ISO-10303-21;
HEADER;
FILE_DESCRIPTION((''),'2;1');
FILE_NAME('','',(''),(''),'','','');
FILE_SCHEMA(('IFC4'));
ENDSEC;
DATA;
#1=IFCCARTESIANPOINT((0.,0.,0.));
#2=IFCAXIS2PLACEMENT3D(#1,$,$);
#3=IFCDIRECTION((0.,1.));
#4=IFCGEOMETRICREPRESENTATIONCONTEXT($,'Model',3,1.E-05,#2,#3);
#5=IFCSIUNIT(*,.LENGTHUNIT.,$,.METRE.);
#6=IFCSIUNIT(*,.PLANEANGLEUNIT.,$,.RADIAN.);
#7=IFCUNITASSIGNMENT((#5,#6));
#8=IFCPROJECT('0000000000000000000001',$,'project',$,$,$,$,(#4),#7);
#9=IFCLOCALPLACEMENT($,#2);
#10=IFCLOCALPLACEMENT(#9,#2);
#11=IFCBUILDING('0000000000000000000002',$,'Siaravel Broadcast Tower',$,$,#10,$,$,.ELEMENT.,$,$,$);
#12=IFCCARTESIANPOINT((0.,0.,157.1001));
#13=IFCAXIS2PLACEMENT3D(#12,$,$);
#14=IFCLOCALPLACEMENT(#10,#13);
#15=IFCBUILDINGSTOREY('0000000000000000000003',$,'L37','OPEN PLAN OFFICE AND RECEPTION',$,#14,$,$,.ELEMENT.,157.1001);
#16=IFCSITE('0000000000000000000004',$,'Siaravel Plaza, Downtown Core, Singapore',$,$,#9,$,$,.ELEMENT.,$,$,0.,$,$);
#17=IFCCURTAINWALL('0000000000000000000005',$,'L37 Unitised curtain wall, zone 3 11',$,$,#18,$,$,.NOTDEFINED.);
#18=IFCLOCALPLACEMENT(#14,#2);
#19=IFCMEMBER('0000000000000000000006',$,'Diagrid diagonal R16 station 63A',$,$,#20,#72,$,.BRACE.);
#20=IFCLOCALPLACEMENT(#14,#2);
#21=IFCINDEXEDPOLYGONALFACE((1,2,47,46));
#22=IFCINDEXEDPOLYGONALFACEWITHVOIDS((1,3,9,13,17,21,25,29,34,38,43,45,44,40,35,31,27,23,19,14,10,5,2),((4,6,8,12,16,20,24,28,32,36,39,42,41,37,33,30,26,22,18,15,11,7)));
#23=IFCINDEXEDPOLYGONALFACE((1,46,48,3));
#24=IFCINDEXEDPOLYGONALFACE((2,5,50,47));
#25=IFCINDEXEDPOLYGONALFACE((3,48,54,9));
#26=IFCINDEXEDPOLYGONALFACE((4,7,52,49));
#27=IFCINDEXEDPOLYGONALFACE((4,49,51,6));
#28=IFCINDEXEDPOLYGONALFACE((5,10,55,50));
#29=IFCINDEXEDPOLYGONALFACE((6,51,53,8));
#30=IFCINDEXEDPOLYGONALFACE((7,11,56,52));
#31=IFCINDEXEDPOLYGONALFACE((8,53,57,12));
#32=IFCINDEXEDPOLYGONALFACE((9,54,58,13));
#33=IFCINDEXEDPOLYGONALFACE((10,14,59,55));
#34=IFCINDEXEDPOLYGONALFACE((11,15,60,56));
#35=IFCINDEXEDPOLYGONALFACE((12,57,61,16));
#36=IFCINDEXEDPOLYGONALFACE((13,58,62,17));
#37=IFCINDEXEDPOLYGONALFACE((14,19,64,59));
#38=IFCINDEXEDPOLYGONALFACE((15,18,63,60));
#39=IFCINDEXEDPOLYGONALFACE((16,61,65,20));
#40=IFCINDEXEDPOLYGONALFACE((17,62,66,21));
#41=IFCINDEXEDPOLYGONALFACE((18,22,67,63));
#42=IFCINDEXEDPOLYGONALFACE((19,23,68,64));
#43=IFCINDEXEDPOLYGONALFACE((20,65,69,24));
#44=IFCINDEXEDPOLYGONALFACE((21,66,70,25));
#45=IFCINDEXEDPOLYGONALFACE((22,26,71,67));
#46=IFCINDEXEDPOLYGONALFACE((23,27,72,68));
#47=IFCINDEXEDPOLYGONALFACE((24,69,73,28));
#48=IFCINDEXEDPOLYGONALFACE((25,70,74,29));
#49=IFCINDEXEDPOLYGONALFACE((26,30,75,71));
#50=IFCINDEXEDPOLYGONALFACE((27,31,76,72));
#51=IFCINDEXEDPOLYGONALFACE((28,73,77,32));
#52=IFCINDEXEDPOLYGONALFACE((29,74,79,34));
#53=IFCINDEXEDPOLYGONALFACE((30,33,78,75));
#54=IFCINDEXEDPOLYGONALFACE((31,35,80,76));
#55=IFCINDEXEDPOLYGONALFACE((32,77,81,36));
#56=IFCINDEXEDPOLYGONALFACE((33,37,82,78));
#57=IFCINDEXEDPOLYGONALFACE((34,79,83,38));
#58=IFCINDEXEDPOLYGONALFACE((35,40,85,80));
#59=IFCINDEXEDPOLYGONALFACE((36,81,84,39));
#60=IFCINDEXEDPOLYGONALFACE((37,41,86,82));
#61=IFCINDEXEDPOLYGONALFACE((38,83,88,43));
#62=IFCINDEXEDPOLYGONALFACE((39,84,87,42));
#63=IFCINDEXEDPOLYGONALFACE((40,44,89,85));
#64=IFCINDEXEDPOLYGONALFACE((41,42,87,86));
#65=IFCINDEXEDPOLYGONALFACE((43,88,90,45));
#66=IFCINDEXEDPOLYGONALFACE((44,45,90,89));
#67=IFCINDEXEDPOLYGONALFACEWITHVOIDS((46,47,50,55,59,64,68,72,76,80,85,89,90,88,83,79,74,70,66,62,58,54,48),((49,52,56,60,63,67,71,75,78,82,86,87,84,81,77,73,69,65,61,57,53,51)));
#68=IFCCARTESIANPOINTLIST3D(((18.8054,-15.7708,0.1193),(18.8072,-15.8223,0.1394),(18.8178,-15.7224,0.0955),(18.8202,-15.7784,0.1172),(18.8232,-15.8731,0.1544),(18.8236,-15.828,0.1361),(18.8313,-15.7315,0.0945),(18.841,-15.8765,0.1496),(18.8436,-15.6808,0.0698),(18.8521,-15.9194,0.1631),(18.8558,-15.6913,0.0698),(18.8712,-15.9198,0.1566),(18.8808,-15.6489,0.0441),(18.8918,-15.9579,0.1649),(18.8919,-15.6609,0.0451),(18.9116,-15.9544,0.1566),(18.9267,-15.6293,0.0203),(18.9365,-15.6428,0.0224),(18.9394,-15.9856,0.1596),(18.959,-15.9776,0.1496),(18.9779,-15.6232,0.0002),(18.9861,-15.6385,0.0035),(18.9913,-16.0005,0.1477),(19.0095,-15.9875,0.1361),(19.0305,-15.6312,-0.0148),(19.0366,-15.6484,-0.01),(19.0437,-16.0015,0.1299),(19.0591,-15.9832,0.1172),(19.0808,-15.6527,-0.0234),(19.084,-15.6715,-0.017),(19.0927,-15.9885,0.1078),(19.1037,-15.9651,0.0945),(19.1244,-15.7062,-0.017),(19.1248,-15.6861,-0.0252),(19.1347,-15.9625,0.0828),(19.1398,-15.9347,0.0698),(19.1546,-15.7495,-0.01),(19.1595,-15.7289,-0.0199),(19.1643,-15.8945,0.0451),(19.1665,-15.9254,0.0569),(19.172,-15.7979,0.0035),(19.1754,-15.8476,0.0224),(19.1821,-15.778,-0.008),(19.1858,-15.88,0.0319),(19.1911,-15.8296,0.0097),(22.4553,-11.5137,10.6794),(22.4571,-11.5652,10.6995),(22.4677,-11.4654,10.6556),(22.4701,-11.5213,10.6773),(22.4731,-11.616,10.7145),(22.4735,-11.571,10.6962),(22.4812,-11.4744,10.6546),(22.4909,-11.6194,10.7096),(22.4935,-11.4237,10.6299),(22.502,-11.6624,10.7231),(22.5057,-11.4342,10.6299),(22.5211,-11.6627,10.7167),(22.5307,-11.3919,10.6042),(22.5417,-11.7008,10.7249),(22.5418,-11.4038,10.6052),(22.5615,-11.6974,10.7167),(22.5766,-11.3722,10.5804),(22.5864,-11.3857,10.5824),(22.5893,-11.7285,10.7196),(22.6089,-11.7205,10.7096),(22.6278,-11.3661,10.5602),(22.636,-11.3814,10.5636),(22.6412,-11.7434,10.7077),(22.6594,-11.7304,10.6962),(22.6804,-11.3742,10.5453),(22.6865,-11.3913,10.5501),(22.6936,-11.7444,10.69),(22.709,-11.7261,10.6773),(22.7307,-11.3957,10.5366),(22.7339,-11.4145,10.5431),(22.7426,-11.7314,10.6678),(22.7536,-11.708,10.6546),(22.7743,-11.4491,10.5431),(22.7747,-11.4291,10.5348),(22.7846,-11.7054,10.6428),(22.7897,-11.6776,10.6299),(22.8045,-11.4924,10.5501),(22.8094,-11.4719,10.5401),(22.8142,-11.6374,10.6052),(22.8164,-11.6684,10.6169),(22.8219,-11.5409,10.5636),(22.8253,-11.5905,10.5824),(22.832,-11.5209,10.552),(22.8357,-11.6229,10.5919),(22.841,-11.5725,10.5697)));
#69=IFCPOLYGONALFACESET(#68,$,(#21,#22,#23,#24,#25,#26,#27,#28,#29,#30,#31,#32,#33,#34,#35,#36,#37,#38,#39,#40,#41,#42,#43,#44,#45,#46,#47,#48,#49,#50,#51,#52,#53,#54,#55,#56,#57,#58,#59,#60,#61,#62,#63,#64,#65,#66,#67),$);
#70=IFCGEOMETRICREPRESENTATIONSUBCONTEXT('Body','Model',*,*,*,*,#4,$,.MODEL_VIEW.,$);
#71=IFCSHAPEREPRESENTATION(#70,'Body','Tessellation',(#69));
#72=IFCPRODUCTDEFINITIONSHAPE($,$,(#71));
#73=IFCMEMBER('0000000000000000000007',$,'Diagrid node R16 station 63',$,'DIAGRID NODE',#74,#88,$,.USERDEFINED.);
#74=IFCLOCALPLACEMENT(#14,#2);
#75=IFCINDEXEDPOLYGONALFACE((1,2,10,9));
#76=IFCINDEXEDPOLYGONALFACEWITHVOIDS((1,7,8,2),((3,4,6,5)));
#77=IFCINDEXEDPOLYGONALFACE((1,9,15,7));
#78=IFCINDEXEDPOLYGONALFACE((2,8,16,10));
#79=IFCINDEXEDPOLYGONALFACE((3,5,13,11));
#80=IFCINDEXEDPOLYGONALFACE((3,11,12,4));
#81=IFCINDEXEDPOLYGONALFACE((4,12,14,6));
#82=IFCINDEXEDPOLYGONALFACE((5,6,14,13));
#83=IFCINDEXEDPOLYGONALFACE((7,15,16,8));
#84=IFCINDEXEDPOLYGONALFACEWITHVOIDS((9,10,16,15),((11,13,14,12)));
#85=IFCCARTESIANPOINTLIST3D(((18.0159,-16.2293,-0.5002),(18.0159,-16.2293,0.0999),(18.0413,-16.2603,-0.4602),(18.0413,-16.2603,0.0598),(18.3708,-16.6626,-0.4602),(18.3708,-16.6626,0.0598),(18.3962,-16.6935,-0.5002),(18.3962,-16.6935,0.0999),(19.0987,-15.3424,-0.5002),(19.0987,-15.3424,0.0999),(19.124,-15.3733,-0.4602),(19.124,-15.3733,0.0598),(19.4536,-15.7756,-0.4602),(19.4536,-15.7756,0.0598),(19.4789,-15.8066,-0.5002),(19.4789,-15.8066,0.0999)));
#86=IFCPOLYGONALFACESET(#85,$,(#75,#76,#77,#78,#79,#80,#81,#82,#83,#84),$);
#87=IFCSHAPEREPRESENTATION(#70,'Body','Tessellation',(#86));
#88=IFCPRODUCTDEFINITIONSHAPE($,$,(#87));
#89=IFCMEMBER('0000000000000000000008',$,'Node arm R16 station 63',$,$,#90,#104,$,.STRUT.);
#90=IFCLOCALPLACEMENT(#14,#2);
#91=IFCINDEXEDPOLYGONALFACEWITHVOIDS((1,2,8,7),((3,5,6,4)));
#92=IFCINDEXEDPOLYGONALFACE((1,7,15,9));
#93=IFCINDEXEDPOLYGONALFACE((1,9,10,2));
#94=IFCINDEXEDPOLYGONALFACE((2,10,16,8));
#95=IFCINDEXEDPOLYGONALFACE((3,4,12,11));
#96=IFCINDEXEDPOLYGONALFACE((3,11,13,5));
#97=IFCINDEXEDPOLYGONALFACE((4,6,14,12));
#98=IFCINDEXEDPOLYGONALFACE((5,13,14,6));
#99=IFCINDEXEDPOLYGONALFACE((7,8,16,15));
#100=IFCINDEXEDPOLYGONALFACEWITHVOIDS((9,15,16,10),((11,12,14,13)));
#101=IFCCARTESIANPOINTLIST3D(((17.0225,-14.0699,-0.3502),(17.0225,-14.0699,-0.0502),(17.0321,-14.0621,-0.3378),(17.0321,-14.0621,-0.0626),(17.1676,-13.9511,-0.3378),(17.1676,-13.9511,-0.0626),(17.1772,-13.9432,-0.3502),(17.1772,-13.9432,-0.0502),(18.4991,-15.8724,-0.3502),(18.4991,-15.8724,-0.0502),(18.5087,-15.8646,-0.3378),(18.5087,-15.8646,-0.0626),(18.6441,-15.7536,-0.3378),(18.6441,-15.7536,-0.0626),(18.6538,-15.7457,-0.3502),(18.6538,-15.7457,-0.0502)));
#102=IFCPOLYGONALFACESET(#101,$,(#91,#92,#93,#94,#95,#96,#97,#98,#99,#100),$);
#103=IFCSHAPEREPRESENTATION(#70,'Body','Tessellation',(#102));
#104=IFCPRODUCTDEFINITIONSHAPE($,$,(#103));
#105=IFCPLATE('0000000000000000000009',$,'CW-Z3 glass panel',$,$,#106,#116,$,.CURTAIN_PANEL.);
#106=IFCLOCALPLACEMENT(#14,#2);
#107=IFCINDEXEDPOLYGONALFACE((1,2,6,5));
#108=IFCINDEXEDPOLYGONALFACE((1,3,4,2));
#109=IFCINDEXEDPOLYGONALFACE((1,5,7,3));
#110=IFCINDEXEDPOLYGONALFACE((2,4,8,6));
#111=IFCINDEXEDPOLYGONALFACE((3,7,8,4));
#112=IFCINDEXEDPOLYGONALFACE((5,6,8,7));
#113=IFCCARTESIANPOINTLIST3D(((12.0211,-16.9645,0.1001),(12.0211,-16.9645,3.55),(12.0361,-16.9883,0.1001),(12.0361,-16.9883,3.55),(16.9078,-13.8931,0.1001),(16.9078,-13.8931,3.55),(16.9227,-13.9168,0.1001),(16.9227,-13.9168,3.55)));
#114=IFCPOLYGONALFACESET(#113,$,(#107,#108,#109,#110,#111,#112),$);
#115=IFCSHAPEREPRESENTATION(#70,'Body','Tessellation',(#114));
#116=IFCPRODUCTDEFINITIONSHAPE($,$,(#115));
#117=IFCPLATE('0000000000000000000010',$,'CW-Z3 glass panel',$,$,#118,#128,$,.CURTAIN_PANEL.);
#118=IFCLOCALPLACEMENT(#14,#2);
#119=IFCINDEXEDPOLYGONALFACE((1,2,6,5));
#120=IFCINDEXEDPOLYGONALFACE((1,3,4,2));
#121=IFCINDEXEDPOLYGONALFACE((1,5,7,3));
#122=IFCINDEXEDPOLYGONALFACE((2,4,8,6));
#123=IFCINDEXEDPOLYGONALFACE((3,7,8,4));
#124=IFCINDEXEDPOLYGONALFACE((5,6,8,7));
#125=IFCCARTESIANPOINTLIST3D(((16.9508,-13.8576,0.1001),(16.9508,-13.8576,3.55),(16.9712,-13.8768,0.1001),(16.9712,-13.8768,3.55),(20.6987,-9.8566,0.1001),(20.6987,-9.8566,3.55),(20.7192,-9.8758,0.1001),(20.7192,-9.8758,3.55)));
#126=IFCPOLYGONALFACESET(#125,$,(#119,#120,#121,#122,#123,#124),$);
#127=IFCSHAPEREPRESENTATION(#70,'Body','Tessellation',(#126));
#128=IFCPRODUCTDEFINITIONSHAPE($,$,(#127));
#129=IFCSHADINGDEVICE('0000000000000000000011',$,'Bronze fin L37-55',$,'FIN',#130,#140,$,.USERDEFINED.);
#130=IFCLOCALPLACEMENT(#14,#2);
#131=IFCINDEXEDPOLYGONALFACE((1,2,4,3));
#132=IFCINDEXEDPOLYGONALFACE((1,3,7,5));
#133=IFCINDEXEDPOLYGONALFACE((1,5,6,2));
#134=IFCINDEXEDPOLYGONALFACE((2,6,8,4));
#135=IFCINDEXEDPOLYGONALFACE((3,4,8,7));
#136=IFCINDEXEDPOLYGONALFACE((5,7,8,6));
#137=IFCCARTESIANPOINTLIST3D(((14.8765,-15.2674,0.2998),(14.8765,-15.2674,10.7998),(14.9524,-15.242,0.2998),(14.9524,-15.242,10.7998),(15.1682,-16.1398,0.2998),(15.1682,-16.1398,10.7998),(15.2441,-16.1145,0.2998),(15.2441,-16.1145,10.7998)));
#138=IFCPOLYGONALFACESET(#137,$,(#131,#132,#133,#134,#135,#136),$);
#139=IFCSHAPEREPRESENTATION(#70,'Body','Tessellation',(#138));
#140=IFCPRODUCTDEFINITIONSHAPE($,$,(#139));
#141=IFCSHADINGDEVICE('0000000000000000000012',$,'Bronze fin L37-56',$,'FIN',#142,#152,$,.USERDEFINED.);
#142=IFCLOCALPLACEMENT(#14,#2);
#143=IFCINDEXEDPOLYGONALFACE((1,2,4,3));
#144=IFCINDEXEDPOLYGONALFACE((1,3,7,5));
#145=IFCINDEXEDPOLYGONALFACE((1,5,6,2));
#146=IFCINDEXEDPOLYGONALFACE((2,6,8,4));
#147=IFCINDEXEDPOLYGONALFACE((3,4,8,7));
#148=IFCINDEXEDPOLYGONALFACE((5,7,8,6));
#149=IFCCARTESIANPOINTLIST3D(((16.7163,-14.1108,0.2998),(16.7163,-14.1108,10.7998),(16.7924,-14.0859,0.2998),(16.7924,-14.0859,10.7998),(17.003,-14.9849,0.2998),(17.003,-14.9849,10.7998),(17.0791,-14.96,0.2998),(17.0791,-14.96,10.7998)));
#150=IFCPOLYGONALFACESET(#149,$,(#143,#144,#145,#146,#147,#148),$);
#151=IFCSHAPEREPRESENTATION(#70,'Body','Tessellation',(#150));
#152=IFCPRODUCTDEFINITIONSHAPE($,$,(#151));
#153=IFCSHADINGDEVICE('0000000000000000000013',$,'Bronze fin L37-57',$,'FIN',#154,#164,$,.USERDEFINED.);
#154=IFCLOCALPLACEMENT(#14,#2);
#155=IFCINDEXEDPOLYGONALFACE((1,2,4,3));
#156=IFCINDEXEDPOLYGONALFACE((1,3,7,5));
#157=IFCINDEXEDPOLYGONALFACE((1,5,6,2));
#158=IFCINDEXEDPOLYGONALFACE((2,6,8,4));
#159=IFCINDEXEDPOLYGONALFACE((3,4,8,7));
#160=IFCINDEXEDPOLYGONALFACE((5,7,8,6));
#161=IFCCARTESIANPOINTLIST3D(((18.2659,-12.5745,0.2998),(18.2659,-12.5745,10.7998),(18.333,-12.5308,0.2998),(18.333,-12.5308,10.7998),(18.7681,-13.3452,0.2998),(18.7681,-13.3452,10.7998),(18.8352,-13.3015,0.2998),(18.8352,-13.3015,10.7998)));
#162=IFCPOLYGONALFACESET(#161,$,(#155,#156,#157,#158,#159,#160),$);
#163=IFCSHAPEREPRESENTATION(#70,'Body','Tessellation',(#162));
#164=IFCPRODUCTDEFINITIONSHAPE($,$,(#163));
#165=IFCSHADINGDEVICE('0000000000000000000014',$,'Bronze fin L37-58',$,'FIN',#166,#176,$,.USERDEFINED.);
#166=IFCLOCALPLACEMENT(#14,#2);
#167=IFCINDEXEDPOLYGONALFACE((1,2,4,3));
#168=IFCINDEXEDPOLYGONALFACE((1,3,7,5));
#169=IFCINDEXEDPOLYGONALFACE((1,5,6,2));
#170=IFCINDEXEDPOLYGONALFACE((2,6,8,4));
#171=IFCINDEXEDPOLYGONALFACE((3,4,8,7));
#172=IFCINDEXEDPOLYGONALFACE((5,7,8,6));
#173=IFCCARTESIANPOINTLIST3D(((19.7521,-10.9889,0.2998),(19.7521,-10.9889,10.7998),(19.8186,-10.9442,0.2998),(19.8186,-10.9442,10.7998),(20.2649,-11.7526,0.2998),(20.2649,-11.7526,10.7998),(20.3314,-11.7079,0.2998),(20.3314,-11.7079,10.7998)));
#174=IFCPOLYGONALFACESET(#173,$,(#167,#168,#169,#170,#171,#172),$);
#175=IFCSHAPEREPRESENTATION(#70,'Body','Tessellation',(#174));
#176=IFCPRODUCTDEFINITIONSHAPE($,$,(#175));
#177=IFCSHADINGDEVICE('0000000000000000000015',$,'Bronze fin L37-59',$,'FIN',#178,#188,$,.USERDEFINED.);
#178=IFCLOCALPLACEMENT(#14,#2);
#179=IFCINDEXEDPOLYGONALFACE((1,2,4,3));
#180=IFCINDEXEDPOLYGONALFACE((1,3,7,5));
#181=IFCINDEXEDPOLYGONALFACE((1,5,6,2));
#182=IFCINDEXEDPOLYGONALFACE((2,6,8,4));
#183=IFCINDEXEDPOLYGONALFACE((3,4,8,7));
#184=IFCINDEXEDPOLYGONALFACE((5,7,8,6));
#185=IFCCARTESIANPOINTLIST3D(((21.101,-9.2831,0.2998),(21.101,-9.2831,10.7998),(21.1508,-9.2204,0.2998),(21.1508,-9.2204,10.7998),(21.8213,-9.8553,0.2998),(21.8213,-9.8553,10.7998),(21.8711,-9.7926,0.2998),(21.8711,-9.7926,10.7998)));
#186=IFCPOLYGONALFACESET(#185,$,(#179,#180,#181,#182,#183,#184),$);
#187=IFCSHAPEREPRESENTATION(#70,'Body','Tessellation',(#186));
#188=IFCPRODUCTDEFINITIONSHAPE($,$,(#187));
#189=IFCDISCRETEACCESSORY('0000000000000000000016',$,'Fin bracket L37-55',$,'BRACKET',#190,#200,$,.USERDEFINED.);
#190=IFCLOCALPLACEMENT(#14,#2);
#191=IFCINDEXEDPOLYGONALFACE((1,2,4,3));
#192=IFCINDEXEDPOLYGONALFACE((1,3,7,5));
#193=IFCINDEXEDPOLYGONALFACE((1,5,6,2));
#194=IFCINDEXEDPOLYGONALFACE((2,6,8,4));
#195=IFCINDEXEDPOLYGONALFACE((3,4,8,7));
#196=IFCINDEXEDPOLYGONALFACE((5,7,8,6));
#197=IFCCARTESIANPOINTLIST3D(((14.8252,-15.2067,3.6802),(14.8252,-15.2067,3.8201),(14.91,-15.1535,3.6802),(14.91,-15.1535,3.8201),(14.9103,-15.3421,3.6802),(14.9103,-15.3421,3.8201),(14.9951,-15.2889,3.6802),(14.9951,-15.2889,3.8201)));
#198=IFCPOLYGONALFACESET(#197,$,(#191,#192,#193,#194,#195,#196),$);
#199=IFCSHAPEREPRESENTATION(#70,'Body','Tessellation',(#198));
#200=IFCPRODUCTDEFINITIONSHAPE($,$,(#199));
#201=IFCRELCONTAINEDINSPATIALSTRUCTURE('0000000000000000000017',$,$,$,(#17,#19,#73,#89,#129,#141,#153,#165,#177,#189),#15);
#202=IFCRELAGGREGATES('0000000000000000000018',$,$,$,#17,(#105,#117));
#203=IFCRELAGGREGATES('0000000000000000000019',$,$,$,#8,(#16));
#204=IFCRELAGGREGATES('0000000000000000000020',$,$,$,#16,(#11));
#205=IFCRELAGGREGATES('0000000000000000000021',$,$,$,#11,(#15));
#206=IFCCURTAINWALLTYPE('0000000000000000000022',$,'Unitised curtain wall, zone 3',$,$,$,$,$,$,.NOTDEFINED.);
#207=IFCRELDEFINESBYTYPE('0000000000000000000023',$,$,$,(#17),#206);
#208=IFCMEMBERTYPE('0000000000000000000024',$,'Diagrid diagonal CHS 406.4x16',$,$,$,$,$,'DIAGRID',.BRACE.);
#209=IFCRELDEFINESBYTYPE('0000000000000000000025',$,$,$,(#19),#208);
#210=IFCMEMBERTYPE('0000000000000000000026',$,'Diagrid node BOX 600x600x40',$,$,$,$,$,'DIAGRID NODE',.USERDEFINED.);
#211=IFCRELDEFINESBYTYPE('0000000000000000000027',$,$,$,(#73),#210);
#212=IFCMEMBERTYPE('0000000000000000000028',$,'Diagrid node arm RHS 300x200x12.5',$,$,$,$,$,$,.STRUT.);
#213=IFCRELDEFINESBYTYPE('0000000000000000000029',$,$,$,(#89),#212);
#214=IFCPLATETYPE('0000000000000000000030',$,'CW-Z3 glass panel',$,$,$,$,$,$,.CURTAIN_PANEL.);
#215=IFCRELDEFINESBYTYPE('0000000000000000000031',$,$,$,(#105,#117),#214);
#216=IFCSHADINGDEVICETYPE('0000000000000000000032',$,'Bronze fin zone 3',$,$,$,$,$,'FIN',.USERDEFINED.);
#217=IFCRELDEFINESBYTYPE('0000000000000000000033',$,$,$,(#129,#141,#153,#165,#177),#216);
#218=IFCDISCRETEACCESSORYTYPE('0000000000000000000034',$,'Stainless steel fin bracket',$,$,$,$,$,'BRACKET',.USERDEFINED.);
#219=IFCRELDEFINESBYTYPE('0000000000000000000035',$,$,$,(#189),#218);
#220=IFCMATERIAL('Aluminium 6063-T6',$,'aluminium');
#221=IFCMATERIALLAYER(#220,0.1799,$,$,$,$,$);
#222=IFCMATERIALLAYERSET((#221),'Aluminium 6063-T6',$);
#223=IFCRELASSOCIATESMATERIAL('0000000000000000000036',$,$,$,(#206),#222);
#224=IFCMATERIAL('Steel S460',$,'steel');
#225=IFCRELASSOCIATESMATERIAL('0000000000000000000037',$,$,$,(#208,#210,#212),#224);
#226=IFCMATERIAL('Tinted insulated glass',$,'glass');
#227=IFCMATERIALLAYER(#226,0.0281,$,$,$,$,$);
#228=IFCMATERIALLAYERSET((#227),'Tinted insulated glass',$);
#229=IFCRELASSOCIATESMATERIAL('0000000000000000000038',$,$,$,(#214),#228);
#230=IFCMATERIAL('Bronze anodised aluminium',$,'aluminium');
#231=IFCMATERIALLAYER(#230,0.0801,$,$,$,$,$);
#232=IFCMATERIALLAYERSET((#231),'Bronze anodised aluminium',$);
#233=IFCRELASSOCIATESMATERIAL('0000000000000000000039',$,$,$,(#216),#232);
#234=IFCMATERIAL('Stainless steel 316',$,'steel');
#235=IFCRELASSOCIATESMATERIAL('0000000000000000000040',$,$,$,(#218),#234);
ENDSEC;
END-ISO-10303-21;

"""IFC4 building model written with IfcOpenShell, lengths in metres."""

from ifc_helpers import new_model, si_unit, direction, frame, origin, origin_2d, place, context, subcontext, project, spatial, rectangle, hollow_rectangle, hollow_circle, extrude, material, layer, layer_set, material_profile, profile_set, type_object, element, aggregate, save


model = new_model("IFC4")

# Units and contexts
model_context = context("Model", 3, precision=1e-05, world=origin(), true_north=direction((0.0, 1.0)))
body_context = subcontext(model_context, "Body", "Model", "MODEL_VIEW")
ifc_project = project(units=[si_unit("LENGTHUNIT", "METRE"), si_unit("PLANEANGLEUNIT", "RADIAN")], contexts=[model_context])

# Site, building, storey
site_placement = place(None, origin())
site = spatial("IfcSite", under=ifc_project, at=site_placement, Name="Siaravel Plaza, Downtown Core, Singapore", CompositionType="ELEMENT", RefElevation=0.0)
building_placement = place(site_placement, origin())
building = spatial("IfcBuilding", under=site, at=building_placement, Name="Siaravel Broadcast Tower", CompositionType="ELEMENT")
storey_placement = place(building_placement, frame((0.0, 0.0, 157.1001)))
storey = spatial("IfcBuildingStorey", under=building, at=storey_placement, Name="L37", Description="OPEN PLAN OFFICE AND RECEPTION", CompositionType="ELEMENT", Elevation=157.1001)

# Curtain wall
ifc_material_1 = material(Name="Aluminium 6063-T6", Category="aluminium")
ifc_layer_1 = layer(ifc_material_1, 0.1799)
ifc_layer_set_1 = layer_set([ifc_layer_1], Name="Aluminium 6063-T6")
curtain_wall_type = type_object("IfcCurtainWallType", Name="Unitised curtain wall, zone 3", PredefinedType="NOTDEFINED", material=ifc_layer_set_1)
curtain_wall_1_placement = place(storey_placement, origin())
curtain_wall_1 = element("IfcCurtainWall", 1, at=curtain_wall_1_placement, inside=storey, type_object=curtain_wall_type, Name="L37 Unitised curtain wall, zone 3 11", PredefinedType="NOTDEFINED")

# Members
ifc_material_2 = material(Name="Steel S460", Category="steel")
ifc_material_profile_1 = material_profile(ifc_material_2, hollow_circle(Radius=0.2031, WallThickness=0.0161, at=origin_2d()))
ifc_profile_set_1 = profile_set([ifc_material_profile_1], Name="Steel S460")
member_type_1 = type_object("IfcMemberType", Name="Diagrid diagonal CHS 406.4x16", ElementType="DIAGRID", PredefinedType="BRACE", material=ifc_profile_set_1)
member_1_placement = place(storey_placement, frame((18.9978, -15.813, 0.0698), z_axis=(0.305264, 0.356046, 0.883202), x_axis=(-0.759171, 0.650892, 0.0)))
element("IfcMember", 2, at=member_1_placement, inside=storey, type_object=member_type_1, Name="Diagrid diagonal R16 station 63A", PredefinedType="BRACE", context=body_context, shape_type="SweptSolid", body=[
    extrude(hollow_circle(Radius=0.2031, WallThickness=0.0161, at=origin_2d()), origin(), (0.0, 0.0, 1.0), 11.9565),
])
ifc_material_profile_2 = material_profile(ifc_material_2, hollow_rectangle(XDim=0.6001, YDim=0.6001, WallThickness=0.04, at=origin_2d()))
ifc_profile_set_2 = profile_set([ifc_material_profile_2], Name="Steel S460")
member_type_2 = type_object("IfcMemberType", Name="Diagrid node BOX 600x600x40", ElementType="DIAGRID NODE", PredefinedType="USERDEFINED", material=ifc_profile_set_2)
member_2_placement = place(storey_placement, frame((18.2061, -16.4614, -0.2002), z_axis=(0.773584, 0.633694, 0.0), x_axis=(-0.633694, 0.773584, 0.0)))
element("IfcMember", 3, at=member_2_placement, inside=storey, type_object=member_type_2, Name="Diagrid node R16 station 63", ObjectType="DIAGRID NODE", PredefinedType="USERDEFINED", context=body_context, shape_type="SweptSolid", body=[
    extrude(hollow_rectangle(XDim=0.6001, YDim=0.6001, WallThickness=0.04, at=origin_2d()), origin(), (0.0, 0.0, 1.0), 1.3997),
])
ifc_material_profile_3 = material_profile(ifc_material_2, hollow_rectangle(XDim=0.2, YDim=0.3, WallThickness=0.0125, at=origin_2d()))
ifc_profile_set_3 = profile_set([ifc_material_profile_3], Name="Steel S460")
member_type_3 = type_object("IfcMemberType", Name="Diagrid node arm RHS 300x200x12.5", PredefinedType="STRUT", material=ifc_profile_set_3)
member_3_placement = place(storey_placement, frame((17.0999, -14.0066, -0.2002), z_axis=(0.6337, -0.773579, 0.0), x_axis=(0.773579, 0.6337, 0.0)))
element("IfcMember", 4, at=member_3_placement, inside=storey, type_object=member_type_3, Name="Node arm R16 station 63", PredefinedType="STRUT", context=body_context, shape_type="SweptSolid", body=[
    extrude(hollow_rectangle(XDim=0.2, YDim=0.3, WallThickness=0.0125, at=origin_2d()), origin(), (0.0, 0.0, 1.0), 2.3301),
])

# Plates
ifc_material_3 = material(Name="Tinted insulated glass", Category="glass")
ifc_layer_2 = layer(ifc_material_3, 0.0281)
ifc_layer_set_2 = layer_set([ifc_layer_2], Name="Tinted insulated glass")
plate_type = type_object("IfcPlateType", Name="CW-Z3 glass panel", PredefinedType="CURTAIN_PANEL", material=ifc_layer_set_2)
plate_1_placement = place(storey_placement, frame((14.4719, -15.4407, 0.1001), z_axis=(0.0, 0.0, 1.0), x_axis=(0.84665, 0.53215, 0.0)))
plate_1 = element("IfcPlate", 5, at=plate_1_placement, type_object=plate_type, Name="CW-Z3 glass panel", PredefinedType="CURTAIN_PANEL", context=body_context, shape_type="SweptSolid", body=[
    extrude(rectangle(XDim=5.7717, YDim=0.0281, at=origin_2d()), origin(), (0.0, 0.0, 1.0), 3.45),
])
plate_2_placement = place(storey_placement, frame((18.835, -11.8667, 0.1001), z_axis=(0.0, 0.0, 1.0), x_axis=(0.683654, 0.729806, 0.0)))
plate_2 = element("IfcPlate", 6, at=plate_2_placement, type_object=plate_type, Name="CW-Z3 glass panel", PredefinedType="CURTAIN_PANEL", context=body_context, shape_type="SweptSolid", body=[
    extrude(rectangle(XDim=5.4822, YDim=0.0281, at=origin_2d()), origin(), (0.0, 0.0, 1.0), 3.45),
])
aggregate(curtain_wall_1, [plate_1, plate_2])

# Shading devices
ifc_material_4 = material(Name="Bronze anodised aluminium", Category="aluminium")
ifc_layer_3 = layer(ifc_material_4, 0.0801)
ifc_layer_set_3 = layer_set([ifc_layer_3], Name="Bronze anodised aluminium")
shading_device_type = type_object("IfcShadingDeviceType", Name="Bronze fin zone 3", ElementType="FIN", PredefinedType="USERDEFINED", material=ifc_layer_set_3)
for number, where, z_axis, x_axis, name in (
    (7, (15.0603, -15.6909, 0.2998), (0.0, 0.0, 1.0), (0.31705, -0.948409, 0.0), "Bronze fin L37-55"),
    (8, (16.8977, -14.5354, 0.2998), (0.0, 0.0, 1.0), (0.31159, -0.950217, 0.0), "Bronze fin L37-56"),
    (9, (18.5505, -12.938, 0.2998), (0.0, 0.0, 1.0), (0.545962, -0.83781, 0.0), "Bronze fin L37-57"),
    (10, (20.0417, -11.3484, 0.2998), (0.0, 0.0, 1.0), (0.557509, -0.830171, 0.0), "Bronze fin L37-58"),
    (11, (21.4861, -9.5378, 0.2998), (0.0, 0.0, 1.0), (0.783006, -0.622015, 0.0), "Bronze fin L37-59"),
):
    element("IfcShadingDevice", number, at=place(storey_placement, frame(where, z_axis=z_axis, x_axis=x_axis)), inside=storey, type_object=shading_device_type, Name=name, ObjectType="FIN", PredefinedType="USERDEFINED", context=body_context, shape_type="SweptSolid", body=[
        extrude(rectangle(XDim=0.9199, YDim=0.0801, at=origin_2d()), origin(), (0.0, 0.0, 1.0), 10.5),
    ])

# Discrete accessory
ifc_material_5 = material(Name="Stainless steel 316", Category="steel")
discrete_accessory_type_1 = type_object("IfcDiscreteAccessoryType", Name="Stainless steel fin bracket", ElementType="BRACKET", PredefinedType="USERDEFINED", material=ifc_material_5)
for number, where, z_axis, x_axis, name in (
    (12, (14.9102, -15.2478, 3.6802), (0.0, 0.0, 1.0), (0.532151, -0.84665, 0.0), "Fin bracket L37-55"),
):
    element("IfcDiscreteAccessory", number, at=place(storey_placement, frame(where, z_axis=z_axis, x_axis=x_axis)), inside=storey, type_object=discrete_accessory_type_1, Name=name, ObjectType="BRACKET", PredefinedType="USERDEFINED", context=body_context, shape_type="SweptSolid", body=[
        extrude(rectangle(XDim=0.1599, YDim=0.1001, at=origin_2d()), origin(), (0.0, 0.0, 1.0), 0.1399),
    ])

save(model, "model.ifc")
